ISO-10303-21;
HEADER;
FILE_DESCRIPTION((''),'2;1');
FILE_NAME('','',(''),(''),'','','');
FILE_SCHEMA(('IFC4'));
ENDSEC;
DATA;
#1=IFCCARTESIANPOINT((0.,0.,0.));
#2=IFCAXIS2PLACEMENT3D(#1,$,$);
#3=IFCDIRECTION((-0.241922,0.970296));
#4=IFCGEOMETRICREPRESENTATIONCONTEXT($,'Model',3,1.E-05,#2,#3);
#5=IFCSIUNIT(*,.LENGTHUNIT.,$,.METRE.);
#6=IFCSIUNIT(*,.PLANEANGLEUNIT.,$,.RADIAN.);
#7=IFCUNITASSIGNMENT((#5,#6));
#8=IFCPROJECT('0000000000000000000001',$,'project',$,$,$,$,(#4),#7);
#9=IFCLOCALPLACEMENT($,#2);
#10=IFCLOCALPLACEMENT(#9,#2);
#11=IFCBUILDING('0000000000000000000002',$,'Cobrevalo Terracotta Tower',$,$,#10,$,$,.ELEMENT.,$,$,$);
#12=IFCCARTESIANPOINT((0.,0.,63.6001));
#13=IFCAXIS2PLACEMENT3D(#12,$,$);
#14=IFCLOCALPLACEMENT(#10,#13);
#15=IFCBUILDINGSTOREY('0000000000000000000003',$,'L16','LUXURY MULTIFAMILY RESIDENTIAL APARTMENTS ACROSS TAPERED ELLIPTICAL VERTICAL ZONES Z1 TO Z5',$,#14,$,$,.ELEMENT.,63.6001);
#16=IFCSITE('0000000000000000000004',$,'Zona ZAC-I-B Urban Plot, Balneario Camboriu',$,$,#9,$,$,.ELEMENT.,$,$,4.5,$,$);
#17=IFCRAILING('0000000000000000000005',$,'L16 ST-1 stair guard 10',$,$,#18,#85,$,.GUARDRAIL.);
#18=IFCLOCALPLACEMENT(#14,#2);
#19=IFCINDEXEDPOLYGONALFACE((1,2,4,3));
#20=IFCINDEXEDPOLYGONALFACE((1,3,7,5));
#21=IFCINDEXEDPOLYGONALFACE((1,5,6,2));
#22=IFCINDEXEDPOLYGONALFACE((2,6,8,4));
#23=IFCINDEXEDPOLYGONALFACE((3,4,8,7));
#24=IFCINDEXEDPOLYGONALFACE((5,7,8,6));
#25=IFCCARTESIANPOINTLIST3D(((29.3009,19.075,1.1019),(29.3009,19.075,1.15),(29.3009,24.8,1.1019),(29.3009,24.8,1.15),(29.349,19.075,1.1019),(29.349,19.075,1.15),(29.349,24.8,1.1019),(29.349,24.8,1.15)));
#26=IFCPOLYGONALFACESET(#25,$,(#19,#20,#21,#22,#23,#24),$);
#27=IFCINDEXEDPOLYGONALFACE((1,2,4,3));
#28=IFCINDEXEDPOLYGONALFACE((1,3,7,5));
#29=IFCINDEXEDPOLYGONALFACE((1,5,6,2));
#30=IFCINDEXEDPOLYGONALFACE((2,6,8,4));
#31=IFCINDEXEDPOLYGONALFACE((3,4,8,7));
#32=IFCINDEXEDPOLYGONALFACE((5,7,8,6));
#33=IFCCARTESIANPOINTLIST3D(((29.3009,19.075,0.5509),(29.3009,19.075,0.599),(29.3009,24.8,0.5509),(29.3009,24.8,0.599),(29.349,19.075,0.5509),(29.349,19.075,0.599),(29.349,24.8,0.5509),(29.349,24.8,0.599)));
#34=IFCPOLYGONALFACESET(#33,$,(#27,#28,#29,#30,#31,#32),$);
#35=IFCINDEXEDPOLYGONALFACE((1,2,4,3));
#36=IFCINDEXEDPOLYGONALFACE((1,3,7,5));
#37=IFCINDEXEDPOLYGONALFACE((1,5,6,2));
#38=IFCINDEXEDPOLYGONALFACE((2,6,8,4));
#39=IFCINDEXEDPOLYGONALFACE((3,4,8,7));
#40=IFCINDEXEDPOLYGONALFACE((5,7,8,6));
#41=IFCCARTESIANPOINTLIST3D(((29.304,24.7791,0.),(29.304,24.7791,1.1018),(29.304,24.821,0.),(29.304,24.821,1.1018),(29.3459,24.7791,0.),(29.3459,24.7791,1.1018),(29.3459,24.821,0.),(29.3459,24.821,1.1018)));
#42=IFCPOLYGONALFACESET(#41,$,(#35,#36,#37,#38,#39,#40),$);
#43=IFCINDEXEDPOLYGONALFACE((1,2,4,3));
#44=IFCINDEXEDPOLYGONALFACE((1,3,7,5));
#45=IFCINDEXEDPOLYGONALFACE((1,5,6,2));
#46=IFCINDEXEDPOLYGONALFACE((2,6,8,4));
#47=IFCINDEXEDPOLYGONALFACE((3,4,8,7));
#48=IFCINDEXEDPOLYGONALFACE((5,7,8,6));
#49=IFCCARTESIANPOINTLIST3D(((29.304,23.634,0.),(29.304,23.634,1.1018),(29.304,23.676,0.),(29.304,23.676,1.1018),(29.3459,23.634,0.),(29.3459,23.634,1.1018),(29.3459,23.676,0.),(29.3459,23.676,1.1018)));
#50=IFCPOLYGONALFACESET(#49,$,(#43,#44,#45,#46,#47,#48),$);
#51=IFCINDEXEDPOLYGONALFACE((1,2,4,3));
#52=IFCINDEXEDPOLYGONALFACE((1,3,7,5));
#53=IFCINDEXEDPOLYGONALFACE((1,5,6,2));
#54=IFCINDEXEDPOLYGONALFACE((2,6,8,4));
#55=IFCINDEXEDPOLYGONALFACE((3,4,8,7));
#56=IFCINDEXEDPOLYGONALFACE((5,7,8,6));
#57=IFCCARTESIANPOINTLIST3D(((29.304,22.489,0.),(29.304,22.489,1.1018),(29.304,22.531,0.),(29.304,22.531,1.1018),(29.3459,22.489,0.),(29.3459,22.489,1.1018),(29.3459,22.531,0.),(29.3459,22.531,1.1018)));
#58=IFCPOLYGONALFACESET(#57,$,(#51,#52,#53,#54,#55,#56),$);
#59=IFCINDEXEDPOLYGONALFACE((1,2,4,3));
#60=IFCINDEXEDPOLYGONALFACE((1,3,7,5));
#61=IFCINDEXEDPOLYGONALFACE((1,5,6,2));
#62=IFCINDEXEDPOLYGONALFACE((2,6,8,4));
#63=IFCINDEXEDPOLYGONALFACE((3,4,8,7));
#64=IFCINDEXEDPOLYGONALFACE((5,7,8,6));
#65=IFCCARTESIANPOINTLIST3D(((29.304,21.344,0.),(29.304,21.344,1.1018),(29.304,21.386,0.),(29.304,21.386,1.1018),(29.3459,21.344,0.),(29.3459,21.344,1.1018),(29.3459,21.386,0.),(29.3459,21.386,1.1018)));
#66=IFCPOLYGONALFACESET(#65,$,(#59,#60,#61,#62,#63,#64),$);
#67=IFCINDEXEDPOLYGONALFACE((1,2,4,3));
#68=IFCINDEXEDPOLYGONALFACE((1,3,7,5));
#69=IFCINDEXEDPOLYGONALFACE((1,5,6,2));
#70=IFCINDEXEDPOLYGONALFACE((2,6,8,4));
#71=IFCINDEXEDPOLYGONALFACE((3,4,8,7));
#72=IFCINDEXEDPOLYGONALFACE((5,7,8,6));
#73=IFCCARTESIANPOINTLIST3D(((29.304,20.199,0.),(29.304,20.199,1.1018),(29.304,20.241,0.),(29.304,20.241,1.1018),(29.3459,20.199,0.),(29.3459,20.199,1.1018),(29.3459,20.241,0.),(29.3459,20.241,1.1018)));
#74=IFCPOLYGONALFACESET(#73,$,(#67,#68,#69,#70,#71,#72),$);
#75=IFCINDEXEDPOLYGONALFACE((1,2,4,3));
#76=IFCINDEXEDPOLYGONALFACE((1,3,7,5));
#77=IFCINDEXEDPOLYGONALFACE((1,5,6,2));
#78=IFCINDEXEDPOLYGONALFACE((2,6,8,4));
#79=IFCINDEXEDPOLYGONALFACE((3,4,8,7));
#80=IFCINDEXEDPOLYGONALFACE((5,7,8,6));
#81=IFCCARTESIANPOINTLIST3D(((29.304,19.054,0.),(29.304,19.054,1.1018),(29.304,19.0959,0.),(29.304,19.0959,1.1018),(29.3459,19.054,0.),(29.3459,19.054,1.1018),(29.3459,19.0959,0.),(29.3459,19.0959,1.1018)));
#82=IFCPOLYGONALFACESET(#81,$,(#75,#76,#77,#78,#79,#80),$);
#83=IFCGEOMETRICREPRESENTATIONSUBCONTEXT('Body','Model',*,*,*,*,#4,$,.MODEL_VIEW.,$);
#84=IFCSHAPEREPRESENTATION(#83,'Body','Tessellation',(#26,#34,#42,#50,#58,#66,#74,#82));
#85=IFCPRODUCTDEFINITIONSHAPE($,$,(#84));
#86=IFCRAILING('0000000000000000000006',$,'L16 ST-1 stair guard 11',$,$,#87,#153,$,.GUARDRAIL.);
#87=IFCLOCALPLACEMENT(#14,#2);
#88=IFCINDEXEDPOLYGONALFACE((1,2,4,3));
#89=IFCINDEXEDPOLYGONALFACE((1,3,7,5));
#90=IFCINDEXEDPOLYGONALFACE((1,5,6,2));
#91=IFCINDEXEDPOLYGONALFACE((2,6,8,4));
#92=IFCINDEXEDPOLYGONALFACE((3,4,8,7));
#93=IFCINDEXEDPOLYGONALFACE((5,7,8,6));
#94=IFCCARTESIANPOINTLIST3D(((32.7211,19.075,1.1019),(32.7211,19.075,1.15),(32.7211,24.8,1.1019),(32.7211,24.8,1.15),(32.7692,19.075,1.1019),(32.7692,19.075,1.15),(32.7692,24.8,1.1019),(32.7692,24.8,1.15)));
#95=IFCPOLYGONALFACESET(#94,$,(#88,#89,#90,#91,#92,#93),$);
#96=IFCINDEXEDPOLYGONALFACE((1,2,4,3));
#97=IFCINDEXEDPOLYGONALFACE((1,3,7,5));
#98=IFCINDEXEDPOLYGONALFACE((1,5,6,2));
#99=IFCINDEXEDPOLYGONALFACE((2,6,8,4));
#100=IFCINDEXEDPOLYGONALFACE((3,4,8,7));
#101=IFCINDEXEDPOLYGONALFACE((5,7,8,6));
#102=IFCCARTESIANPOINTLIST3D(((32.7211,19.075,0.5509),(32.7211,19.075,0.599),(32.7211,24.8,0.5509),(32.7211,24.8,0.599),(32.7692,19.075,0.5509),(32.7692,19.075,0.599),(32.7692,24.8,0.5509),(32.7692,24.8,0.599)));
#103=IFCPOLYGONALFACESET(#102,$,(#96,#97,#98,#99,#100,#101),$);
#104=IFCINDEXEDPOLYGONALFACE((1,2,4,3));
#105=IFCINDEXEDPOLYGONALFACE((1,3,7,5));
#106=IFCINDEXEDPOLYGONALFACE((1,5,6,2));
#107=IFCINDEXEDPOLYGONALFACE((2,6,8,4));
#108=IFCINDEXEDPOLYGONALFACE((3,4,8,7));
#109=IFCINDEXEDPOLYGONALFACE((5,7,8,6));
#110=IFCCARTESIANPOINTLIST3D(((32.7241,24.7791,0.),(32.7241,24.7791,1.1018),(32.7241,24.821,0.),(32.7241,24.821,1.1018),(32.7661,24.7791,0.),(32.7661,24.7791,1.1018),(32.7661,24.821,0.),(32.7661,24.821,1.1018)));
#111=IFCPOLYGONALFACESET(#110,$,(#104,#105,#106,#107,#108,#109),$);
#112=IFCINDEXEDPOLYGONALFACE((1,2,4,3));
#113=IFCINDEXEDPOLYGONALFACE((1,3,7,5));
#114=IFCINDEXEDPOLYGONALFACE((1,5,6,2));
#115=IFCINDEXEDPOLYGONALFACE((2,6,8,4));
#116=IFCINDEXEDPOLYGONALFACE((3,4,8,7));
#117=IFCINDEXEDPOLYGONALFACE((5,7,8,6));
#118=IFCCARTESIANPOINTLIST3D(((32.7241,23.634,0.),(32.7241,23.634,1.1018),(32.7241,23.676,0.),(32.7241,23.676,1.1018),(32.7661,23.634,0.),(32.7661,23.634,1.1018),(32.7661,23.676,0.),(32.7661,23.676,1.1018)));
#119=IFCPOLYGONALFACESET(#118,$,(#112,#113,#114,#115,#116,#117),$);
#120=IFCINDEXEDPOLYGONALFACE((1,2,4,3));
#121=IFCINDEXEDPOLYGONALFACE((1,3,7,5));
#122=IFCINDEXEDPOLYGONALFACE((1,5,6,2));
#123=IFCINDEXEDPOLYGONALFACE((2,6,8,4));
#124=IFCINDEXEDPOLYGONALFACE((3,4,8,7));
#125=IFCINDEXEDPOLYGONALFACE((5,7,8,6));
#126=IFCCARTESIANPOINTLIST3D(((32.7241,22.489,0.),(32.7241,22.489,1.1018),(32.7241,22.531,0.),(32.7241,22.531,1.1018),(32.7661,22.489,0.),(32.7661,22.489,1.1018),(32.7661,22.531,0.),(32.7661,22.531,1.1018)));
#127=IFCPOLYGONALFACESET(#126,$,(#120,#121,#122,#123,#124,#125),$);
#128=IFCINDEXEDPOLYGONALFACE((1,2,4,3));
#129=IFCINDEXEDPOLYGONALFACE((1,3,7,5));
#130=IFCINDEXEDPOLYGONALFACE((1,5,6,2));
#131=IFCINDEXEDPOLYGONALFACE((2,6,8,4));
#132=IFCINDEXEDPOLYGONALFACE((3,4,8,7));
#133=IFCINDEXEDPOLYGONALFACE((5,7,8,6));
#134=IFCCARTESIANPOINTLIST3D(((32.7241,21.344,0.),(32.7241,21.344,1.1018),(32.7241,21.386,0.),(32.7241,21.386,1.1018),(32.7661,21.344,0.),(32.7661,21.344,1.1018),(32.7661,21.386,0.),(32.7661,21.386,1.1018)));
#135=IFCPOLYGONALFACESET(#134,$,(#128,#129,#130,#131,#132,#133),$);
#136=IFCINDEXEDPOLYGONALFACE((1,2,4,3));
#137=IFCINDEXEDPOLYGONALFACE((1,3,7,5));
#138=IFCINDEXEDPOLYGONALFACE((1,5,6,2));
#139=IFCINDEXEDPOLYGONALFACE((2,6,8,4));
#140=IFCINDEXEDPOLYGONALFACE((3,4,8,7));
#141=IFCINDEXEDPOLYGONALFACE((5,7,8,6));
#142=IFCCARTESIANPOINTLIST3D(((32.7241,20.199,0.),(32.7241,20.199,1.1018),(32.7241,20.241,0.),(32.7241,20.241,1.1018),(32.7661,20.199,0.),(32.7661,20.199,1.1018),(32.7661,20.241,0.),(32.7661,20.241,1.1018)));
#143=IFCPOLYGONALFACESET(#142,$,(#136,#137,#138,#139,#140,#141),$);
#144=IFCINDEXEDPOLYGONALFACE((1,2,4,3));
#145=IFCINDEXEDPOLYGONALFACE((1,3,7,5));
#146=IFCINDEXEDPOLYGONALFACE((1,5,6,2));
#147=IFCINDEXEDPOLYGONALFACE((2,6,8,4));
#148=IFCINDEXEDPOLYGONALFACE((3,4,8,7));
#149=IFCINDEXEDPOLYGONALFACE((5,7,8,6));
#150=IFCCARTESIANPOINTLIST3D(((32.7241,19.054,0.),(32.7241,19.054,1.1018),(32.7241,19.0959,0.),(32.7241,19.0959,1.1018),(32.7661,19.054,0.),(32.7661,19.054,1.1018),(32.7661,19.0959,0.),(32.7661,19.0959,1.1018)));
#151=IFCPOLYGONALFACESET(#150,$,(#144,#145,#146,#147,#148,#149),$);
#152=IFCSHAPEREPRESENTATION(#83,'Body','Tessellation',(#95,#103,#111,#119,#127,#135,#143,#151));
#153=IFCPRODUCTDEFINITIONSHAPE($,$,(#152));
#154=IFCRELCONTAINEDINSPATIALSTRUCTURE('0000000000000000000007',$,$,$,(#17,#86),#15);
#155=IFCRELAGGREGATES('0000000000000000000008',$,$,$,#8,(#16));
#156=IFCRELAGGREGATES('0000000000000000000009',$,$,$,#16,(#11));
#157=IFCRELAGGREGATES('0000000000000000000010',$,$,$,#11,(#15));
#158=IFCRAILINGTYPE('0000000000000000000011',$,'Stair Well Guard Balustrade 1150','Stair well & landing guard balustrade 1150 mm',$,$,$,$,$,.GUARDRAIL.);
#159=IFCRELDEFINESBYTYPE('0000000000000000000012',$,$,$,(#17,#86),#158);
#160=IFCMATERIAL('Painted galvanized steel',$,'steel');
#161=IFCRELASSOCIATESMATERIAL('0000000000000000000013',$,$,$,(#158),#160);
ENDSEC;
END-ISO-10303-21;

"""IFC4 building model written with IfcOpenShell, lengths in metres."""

from ifc_helpers import new_model, si_unit, direction, frame, origin, origin_2d, place, context, subcontext, project, spatial, rectangle, extrude, material, type_object, element, save


model = new_model("IFC4")

# Units and contexts
model_context = context("Model", 3, precision=1e-05, world=origin(), true_north=direction((-0.241922, 0.970296)))
body_context = subcontext(model_context, "Body", "Model", "MODEL_VIEW")
ifc_project = project(units=[si_unit("LENGTHUNIT", "METRE"), si_unit("PLANEANGLEUNIT", "RADIAN")], contexts=[model_context])

# Site, building, storey
site_placement = place(None, origin())
site = spatial("IfcSite", under=ifc_project, at=site_placement, Name="Zona ZAC-I-B Urban Plot, Balneario Camboriu", CompositionType="ELEMENT", RefElevation=4.5)
building_placement = place(site_placement, origin())
building = spatial("IfcBuilding", under=site, at=building_placement, Name="Cobrevalo Terracotta Tower", CompositionType="ELEMENT")
storey_placement = place(building_placement, frame((0.0, 0.0, 63.6001)))
storey = spatial("IfcBuildingStorey", under=building, at=storey_placement, Name="L16", Description="LUXURY MULTIFAMILY RESIDENTIAL APARTMENTS ACROSS TAPERED ELLIPTICAL VERTICAL ZONES Z1 TO Z5", CompositionType="ELEMENT", Elevation=63.6001)

# Railings
ifc_material_1 = material(Name="Painted galvanized steel", Category="steel")
railing_type_1 = type_object("IfcRailingType", Name="Stair Well Guard Balustrade 1150", Description="Stair well & landing guard balustrade 1150 mm", PredefinedType="GUARDRAIL", material=ifc_material_1)
for number, where, name in (
    (1, (29.325, 24.8, 0.0), "L16 ST-1 stair guard 10"),
    (2, (32.7451, 24.8, 0.0), "L16 ST-1 stair guard 11"),
):
    element("IfcRailing", number, at=place(storey_placement, frame(where)), inside=storey, type_object=railing_type_1, Name=name, PredefinedType="GUARDRAIL", context=body_context, shape_type="SweptSolid", body=[
        extrude(rectangle(XDim=0.0481, YDim=0.0481, at=origin_2d()), frame((0.0, 0.0, 1.126), z_axis=(0.0, -1.0, 0.0), x_axis=(1.0, 0.0, 0.0)), (0.0, 0.0, 1.0), 5.7251),
        extrude(rectangle(XDim=0.0481, YDim=0.0481, at=origin_2d()), frame((0.0, 0.0, 0.575), z_axis=(0.0, -1.0, 0.0), x_axis=(1.0, 0.0, 0.0)), (0.0, 0.0, 1.0), 5.7251),
        extrude(rectangle(XDim=0.042, YDim=0.042, at=origin_2d()), origin(), (0.0, 0.0, 1.0), 1.1018),
        extrude(rectangle(XDim=0.042, YDim=0.042, at=origin_2d()), frame((0.0, -1.145, 0.0)), (0.0, 0.0, 1.0), 1.1018),
        extrude(rectangle(XDim=0.042, YDim=0.042, at=origin_2d()), frame((0.0, -2.29, 0.0)), (0.0, 0.0, 1.0), 1.1018),
        extrude(rectangle(XDim=0.042, YDim=0.042, at=origin_2d()), frame((0.0, -3.4351, 0.0)), (0.0, 0.0, 1.0), 1.1018),
        extrude(rectangle(XDim=0.042, YDim=0.042, at=origin_2d()), frame((0.0, -4.5801, 0.0)), (0.0, 0.0, 1.0), 1.1018),
        extrude(rectangle(XDim=0.042, YDim=0.042, at=origin_2d()), frame((0.0, -5.7251, 0.0)), (0.0, 0.0, 1.0), 1.1018),
    ])

save(model, "model.ifc")
